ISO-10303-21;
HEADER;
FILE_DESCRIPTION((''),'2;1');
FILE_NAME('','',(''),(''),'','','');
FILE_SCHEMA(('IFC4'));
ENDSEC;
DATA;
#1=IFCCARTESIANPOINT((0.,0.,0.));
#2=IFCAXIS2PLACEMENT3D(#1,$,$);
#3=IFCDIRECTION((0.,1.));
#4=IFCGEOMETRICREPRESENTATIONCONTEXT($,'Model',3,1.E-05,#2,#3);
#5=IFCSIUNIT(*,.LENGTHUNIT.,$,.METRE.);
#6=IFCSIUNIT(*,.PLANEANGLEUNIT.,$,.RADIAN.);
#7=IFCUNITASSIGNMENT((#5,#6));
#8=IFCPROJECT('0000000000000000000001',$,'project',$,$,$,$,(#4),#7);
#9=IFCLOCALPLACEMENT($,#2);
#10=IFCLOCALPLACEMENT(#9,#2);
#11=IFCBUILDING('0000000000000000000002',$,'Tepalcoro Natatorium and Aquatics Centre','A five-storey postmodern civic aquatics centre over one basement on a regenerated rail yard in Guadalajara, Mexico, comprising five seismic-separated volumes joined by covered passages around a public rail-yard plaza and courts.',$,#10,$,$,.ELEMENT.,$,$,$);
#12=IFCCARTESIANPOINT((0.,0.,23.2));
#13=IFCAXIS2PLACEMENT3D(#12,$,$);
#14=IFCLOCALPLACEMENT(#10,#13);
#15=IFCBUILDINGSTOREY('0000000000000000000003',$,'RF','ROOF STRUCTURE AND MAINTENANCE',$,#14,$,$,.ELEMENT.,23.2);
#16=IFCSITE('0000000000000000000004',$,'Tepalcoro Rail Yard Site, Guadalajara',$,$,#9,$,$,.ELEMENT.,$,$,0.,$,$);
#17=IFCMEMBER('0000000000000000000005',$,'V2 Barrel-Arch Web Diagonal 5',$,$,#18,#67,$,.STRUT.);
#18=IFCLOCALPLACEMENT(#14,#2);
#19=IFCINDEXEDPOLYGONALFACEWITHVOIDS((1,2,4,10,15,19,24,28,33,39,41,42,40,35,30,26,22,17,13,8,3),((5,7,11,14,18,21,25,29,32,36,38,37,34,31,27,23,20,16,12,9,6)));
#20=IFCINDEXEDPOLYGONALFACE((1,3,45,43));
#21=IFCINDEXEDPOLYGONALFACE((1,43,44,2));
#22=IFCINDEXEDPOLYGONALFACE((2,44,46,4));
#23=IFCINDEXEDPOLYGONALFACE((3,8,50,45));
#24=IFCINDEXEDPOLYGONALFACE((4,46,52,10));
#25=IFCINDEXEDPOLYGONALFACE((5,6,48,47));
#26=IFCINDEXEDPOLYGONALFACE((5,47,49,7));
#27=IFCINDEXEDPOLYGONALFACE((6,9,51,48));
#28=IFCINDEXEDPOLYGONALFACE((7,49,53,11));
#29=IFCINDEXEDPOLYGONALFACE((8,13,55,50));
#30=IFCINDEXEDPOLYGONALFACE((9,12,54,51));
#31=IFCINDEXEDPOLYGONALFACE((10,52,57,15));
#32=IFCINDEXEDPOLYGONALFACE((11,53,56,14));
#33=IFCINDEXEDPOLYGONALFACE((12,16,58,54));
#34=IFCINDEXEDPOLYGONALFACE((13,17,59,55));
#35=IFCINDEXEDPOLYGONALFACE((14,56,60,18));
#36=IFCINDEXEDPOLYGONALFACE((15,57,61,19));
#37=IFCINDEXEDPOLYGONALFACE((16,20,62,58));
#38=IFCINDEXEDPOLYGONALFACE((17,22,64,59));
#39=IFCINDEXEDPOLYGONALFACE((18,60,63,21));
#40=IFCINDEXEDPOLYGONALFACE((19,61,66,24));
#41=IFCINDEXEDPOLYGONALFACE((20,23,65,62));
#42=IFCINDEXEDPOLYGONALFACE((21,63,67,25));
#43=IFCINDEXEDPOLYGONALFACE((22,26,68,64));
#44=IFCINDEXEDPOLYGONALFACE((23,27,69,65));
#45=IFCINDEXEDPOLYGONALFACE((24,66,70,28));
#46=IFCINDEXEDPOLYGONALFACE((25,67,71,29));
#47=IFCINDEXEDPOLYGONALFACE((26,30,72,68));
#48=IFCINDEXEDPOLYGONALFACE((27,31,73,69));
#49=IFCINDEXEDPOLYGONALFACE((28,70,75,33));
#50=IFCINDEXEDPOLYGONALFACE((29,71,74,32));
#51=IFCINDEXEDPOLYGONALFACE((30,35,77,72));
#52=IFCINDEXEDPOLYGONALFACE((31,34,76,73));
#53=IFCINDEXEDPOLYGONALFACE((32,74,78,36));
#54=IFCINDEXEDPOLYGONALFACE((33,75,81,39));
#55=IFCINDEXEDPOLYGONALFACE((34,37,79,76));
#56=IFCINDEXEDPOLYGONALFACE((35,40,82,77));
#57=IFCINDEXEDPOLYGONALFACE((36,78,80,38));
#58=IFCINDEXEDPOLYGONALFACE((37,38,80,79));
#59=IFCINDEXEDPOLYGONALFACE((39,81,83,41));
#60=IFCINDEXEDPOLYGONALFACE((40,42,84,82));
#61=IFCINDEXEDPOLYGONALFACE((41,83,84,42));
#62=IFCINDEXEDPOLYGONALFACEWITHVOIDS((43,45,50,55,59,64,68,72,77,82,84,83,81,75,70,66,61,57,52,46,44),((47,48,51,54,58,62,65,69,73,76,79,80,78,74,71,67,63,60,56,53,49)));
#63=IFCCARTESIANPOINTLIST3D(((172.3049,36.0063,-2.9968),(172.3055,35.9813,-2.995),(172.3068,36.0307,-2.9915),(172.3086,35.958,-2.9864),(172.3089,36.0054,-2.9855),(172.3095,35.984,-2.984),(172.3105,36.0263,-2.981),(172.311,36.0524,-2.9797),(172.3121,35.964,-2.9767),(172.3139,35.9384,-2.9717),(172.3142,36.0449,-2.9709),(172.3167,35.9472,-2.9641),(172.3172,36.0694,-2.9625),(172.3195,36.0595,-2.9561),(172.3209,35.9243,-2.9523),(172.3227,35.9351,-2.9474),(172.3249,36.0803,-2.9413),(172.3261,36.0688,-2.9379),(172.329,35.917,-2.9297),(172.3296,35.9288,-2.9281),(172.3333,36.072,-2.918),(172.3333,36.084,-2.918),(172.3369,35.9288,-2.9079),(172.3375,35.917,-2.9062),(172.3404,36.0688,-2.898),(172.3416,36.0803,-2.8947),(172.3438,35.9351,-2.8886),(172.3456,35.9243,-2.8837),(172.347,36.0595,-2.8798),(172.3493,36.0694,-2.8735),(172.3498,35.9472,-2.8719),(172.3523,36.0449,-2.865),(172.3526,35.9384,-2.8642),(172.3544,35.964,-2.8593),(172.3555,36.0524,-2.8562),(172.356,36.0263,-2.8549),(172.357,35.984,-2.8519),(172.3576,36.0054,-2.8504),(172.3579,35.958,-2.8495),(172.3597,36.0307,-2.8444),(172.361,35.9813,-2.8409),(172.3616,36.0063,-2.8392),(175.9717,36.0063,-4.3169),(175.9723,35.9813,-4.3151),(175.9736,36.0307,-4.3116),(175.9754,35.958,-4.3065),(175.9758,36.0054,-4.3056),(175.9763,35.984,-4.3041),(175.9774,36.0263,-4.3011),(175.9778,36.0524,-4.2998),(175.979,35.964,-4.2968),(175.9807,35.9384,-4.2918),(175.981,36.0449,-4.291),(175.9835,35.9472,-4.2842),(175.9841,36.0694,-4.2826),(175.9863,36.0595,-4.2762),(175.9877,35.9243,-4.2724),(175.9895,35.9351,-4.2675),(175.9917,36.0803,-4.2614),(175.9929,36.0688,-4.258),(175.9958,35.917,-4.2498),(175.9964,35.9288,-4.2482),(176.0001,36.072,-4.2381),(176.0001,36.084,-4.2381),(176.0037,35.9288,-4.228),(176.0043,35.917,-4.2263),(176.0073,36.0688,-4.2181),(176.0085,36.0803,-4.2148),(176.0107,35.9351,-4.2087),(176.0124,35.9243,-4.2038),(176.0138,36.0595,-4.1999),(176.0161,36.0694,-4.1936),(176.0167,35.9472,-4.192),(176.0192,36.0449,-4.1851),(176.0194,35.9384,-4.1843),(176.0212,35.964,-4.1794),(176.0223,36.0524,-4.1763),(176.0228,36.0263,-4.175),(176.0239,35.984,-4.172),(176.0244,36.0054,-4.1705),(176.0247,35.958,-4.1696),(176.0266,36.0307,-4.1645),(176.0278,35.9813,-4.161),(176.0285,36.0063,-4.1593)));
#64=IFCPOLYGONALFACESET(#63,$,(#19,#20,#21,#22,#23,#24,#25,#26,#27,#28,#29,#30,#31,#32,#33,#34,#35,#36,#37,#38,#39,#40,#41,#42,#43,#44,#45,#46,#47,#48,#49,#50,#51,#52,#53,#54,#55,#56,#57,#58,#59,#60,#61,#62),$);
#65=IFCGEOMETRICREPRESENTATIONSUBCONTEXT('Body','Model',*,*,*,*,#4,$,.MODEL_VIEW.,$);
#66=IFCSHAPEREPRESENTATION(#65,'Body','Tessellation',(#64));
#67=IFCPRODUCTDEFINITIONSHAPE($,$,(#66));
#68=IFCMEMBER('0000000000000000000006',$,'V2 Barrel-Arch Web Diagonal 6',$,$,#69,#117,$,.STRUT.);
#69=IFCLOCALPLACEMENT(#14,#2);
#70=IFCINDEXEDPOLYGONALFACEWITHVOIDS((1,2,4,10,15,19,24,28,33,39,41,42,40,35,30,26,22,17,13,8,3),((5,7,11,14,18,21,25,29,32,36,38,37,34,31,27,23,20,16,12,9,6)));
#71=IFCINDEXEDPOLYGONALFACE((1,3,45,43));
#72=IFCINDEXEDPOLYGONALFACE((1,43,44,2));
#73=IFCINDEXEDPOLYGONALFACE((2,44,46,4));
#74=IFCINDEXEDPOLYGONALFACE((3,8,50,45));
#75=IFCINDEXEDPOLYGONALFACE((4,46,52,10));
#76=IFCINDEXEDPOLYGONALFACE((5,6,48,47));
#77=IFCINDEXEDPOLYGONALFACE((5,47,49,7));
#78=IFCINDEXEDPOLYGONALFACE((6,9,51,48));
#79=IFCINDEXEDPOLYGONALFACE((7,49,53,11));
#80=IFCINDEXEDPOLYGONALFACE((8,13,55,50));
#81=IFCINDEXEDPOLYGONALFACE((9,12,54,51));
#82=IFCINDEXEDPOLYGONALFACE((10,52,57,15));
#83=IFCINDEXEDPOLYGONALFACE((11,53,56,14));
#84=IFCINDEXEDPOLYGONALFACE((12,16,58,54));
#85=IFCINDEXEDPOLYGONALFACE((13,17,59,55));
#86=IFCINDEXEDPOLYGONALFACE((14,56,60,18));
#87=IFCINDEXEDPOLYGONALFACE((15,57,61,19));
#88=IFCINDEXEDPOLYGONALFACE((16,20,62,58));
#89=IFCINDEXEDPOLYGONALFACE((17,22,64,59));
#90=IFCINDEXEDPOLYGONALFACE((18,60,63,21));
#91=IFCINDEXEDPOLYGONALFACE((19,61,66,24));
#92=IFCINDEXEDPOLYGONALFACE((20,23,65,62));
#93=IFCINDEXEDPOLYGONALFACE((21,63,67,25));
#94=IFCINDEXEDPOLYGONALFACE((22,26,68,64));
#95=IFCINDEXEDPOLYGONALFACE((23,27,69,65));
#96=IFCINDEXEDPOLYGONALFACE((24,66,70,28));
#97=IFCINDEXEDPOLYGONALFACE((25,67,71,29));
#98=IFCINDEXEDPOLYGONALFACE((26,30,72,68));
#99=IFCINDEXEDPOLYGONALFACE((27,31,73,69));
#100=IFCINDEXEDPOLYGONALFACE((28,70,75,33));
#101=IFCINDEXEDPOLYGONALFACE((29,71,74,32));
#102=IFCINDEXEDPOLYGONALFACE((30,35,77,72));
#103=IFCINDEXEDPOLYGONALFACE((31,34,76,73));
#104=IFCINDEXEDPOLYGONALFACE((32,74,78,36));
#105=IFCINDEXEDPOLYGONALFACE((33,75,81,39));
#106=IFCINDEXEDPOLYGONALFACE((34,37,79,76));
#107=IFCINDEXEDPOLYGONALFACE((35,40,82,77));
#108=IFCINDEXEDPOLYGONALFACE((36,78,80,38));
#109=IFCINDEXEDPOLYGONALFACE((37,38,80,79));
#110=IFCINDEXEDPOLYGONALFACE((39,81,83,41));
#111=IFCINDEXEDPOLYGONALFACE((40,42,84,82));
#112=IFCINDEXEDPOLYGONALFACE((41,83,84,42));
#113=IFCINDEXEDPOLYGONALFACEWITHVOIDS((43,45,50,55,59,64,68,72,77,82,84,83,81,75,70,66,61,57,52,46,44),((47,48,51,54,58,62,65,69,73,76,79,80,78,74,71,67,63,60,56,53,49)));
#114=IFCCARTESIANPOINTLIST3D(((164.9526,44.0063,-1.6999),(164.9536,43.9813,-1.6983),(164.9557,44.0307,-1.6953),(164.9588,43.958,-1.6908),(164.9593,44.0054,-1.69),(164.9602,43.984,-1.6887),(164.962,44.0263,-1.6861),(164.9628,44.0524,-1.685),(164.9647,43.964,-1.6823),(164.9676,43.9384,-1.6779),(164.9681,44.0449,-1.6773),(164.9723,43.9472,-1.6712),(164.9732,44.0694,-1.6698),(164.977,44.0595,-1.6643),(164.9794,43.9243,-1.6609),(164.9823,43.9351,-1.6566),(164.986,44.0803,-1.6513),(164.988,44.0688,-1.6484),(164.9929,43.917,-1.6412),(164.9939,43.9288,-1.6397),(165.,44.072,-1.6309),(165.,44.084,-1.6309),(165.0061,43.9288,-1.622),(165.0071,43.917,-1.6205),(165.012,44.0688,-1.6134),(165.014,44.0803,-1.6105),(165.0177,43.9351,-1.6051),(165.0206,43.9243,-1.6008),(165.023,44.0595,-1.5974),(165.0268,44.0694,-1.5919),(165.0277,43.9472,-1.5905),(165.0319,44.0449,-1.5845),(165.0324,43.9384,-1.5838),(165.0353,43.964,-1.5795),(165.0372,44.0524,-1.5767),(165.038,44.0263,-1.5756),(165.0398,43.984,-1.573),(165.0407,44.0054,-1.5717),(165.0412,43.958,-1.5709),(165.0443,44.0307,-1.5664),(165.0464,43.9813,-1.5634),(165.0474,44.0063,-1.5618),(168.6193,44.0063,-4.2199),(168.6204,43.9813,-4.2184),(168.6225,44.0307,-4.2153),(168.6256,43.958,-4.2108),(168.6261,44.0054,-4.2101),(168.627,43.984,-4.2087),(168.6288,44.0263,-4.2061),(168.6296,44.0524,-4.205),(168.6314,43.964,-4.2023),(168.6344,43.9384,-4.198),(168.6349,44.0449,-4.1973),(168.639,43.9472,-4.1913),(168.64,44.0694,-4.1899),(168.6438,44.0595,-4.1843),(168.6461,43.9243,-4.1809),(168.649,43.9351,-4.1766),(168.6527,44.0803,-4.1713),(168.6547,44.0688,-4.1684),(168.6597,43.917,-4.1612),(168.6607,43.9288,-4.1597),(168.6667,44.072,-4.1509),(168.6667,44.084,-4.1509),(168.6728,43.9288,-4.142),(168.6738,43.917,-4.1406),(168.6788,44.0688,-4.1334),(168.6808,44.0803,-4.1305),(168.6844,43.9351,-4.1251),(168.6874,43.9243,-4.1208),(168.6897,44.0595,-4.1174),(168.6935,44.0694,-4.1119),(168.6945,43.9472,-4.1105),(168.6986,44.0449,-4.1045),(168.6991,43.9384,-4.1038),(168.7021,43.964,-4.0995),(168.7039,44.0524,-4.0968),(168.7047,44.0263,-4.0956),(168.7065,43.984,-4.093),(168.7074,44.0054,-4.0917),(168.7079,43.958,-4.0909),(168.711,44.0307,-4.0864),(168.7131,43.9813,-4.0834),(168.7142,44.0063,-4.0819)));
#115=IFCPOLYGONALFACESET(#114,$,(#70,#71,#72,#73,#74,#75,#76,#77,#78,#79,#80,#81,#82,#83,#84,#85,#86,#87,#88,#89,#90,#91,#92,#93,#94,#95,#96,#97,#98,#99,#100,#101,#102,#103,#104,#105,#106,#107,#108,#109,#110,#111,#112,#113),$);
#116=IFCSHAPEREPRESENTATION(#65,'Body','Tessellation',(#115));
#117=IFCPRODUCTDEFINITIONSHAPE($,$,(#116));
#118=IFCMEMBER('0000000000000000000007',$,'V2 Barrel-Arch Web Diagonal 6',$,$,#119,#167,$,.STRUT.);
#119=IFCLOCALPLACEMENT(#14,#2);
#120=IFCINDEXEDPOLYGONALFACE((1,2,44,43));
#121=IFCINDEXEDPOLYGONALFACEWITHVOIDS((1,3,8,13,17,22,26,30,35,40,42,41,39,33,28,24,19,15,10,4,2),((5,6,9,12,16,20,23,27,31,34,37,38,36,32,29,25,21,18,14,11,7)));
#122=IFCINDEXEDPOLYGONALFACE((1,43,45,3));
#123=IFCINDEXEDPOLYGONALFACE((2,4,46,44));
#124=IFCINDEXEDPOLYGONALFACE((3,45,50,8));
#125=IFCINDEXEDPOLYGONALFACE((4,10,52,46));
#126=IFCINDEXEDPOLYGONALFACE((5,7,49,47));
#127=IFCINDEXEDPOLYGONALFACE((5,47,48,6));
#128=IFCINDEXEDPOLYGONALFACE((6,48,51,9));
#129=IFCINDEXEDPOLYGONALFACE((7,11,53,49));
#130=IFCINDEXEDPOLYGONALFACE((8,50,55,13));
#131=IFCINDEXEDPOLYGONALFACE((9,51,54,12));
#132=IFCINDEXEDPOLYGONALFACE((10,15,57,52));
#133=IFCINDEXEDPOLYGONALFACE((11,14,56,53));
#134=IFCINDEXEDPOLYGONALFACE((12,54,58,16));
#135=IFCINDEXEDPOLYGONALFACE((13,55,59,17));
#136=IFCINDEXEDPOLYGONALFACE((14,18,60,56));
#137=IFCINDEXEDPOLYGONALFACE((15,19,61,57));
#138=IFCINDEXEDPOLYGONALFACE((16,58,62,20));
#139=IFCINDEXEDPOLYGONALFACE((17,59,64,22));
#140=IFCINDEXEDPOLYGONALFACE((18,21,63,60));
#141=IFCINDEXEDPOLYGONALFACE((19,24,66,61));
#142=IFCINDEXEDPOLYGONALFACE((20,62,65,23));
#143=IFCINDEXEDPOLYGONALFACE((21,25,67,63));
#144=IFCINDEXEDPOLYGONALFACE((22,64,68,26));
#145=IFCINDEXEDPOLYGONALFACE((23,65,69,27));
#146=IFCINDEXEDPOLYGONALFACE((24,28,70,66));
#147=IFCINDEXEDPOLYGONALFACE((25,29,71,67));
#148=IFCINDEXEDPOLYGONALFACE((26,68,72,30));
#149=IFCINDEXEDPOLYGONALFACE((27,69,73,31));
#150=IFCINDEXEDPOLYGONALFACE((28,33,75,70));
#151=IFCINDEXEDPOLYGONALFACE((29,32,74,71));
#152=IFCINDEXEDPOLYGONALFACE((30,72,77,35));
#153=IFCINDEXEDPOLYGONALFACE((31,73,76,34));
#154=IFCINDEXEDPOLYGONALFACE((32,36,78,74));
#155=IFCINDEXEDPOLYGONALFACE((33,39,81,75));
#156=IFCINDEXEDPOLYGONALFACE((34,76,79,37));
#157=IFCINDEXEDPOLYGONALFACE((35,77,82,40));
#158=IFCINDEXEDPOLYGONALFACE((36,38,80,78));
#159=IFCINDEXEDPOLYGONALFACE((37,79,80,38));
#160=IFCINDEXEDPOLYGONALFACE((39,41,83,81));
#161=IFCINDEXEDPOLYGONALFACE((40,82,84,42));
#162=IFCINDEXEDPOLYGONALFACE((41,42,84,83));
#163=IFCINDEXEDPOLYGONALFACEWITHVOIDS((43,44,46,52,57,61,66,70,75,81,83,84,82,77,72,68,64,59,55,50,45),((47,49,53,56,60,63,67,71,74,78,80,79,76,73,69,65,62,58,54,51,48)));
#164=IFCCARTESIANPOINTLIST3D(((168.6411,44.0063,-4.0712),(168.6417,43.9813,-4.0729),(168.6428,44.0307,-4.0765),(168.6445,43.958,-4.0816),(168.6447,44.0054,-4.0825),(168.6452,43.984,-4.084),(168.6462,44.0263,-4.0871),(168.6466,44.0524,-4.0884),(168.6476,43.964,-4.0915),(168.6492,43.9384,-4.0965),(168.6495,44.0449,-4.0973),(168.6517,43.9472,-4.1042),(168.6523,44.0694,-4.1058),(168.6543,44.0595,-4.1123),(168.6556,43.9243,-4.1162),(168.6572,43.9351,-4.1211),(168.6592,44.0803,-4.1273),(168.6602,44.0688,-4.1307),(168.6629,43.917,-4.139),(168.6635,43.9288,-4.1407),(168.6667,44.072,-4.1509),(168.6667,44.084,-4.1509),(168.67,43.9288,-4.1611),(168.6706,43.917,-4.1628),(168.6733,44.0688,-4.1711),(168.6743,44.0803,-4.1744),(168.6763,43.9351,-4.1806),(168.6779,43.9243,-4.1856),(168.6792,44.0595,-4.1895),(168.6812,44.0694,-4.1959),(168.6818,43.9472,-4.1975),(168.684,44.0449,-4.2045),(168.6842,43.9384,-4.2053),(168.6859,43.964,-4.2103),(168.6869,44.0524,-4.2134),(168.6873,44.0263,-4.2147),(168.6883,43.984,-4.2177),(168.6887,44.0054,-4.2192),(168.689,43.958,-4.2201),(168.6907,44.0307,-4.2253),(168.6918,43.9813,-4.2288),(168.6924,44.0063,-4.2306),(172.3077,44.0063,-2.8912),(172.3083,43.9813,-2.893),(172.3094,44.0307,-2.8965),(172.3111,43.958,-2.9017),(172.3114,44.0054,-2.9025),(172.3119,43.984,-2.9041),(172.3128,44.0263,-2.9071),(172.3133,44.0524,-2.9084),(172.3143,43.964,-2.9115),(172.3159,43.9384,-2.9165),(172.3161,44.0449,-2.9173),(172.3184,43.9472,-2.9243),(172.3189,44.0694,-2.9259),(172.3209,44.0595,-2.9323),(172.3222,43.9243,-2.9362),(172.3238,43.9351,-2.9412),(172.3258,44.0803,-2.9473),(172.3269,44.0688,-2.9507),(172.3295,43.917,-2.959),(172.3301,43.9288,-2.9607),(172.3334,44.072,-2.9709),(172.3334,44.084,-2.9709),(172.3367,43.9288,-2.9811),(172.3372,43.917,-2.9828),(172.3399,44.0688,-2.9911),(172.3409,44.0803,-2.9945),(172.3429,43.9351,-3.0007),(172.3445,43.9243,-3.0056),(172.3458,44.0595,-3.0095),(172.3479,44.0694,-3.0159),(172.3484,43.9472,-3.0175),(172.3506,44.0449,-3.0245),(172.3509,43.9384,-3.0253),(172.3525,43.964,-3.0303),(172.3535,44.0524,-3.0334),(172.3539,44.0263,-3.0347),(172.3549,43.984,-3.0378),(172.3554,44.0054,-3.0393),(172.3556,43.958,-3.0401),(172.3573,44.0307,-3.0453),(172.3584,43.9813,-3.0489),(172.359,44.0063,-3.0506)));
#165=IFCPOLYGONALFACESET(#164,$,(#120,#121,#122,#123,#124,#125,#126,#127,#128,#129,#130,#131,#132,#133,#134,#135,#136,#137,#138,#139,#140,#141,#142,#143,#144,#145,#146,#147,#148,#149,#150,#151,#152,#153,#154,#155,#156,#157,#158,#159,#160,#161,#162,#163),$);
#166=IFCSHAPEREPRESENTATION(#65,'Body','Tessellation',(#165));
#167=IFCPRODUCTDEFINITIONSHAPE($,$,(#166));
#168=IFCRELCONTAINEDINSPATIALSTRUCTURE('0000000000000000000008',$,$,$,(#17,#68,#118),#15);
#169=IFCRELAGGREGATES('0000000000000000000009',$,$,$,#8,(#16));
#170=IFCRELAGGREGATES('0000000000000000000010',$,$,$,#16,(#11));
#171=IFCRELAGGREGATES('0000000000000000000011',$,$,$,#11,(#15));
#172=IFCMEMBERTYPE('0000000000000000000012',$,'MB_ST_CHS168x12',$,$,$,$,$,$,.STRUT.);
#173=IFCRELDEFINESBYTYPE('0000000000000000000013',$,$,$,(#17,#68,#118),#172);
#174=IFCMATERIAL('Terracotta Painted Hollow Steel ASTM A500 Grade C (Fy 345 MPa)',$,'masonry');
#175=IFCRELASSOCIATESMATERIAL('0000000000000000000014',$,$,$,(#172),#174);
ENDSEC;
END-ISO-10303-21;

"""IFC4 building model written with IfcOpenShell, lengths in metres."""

from ifc_helpers import new_model, si_unit, direction, frame, origin, origin_2d, place, context, subcontext, project, spatial, hollow_circle, extrude, material, material_profile, profile_set, type_object, element, save


model = new_model("IFC4")

# Units and contexts
model_context = context("Model", 3, precision=1e-05, world=origin(), true_north=direction((0.0, 1.0)))
body_context = subcontext(model_context, "Body", "Model", "MODEL_VIEW")
ifc_project = project(units=[si_unit("LENGTHUNIT", "METRE"), si_unit("PLANEANGLEUNIT", "RADIAN")], contexts=[model_context])

# Site, building, storey
site_placement = place(None, origin())
site = spatial("IfcSite", under=ifc_project, at=site_placement, Name="Tepalcoro Rail Yard Site, Guadalajara", CompositionType="ELEMENT", RefElevation=0.0)
building_placement = place(site_placement, origin())
building = spatial("IfcBuilding", under=site, at=building_placement, Name="Tepalcoro Natatorium and Aquatics Centre", Description="A five-storey postmodern civic aquatics centre over one basement on a regenerated rail yard in Guadalajara, Mexico, comprising five seismic-separated volumes joined by covered passages around a public rail-yard plaza and courts.", CompositionType="ELEMENT")
storey_placement = place(building_placement, frame((0.0, 0.0, 23.2)))
storey = spatial("IfcBuildingStorey", under=building, at=storey_placement, Name="RF", Description="ROOF STRUCTURE AND MAINTENANCE", CompositionType="ELEMENT", Elevation=23.2)

# Shared definitions
ifc_material_1 = material(Name="Terracotta Painted Hollow Steel ASTM A500 Grade C (Fy 345 MPa)", Category="masonry")

# Members
ifc_material_profile_1 = material_profile(ifc_material_1, hollow_circle(Radius=0.084, WallThickness=0.012, at=origin_2d()), Name="CHS168X12")
ifc_profile_set_1 = profile_set([ifc_material_profile_1], Name="Terracotta Painted Hollow Steel ASTM A500 Grade C (Fy 345 MPa)")
member_type_1 = type_object("IfcMemberType", Name="MB_ST_CHS168x12", PredefinedType="STRUT", material=ifc_profile_set_1)
member_1_placement = place(storey_placement, frame((172.3333, 36.0, -2.918), z_axis=(0.940884, 0.0, -0.338728), x_axis=(0.0, 1.0, 0.0)))
element("IfcMember", 1, at=member_1_placement, inside=storey, type_object=member_type_1, Name="V2 Barrel-Arch Web Diagonal 5", PredefinedType="STRUT", context=body_context, shape_type="SweptSolid", body=[
    extrude(hollow_circle(Radius=0.084, WallThickness=0.012, at=origin_2d()), origin(), (0.0, 0.0, 1.0), 3.8972),
])
member_2_placement = place(storey_placement, frame((165.0, 44.0, -1.6309), z_axis=(0.824133, 0.0, -0.566396), x_axis=(0.0, 1.0, 0.0)))
element("IfcMember", 2, at=member_2_placement, inside=storey, type_object=member_type_1, Name="V2 Barrel-Arch Web Diagonal 6", PredefinedType="STRUT", context=body_context, shape_type="SweptSolid", body=[
    extrude(hollow_circle(Radius=0.084, WallThickness=0.012, at=origin_2d()), origin(), (0.0, 0.0, 1.0), 4.4492),
])
member_3_placement = place(storey_placement, frame((168.6667, 44.0, -4.1509), z_axis=(0.951922, 0.0, 0.306342), x_axis=(0.0, 1.0, 0.0)))
element("IfcMember", 3, at=member_3_placement, inside=storey, type_object=member_type_1, Name="V2 Barrel-Arch Web Diagonal 6", PredefinedType="STRUT", context=body_context, shape_type="SweptSolid", body=[
    extrude(hollow_circle(Radius=0.084, WallThickness=0.012, at=origin_2d()), origin(), (0.0, 0.0, 1.0), 3.8518),
])

save(model, "model.ifc")
